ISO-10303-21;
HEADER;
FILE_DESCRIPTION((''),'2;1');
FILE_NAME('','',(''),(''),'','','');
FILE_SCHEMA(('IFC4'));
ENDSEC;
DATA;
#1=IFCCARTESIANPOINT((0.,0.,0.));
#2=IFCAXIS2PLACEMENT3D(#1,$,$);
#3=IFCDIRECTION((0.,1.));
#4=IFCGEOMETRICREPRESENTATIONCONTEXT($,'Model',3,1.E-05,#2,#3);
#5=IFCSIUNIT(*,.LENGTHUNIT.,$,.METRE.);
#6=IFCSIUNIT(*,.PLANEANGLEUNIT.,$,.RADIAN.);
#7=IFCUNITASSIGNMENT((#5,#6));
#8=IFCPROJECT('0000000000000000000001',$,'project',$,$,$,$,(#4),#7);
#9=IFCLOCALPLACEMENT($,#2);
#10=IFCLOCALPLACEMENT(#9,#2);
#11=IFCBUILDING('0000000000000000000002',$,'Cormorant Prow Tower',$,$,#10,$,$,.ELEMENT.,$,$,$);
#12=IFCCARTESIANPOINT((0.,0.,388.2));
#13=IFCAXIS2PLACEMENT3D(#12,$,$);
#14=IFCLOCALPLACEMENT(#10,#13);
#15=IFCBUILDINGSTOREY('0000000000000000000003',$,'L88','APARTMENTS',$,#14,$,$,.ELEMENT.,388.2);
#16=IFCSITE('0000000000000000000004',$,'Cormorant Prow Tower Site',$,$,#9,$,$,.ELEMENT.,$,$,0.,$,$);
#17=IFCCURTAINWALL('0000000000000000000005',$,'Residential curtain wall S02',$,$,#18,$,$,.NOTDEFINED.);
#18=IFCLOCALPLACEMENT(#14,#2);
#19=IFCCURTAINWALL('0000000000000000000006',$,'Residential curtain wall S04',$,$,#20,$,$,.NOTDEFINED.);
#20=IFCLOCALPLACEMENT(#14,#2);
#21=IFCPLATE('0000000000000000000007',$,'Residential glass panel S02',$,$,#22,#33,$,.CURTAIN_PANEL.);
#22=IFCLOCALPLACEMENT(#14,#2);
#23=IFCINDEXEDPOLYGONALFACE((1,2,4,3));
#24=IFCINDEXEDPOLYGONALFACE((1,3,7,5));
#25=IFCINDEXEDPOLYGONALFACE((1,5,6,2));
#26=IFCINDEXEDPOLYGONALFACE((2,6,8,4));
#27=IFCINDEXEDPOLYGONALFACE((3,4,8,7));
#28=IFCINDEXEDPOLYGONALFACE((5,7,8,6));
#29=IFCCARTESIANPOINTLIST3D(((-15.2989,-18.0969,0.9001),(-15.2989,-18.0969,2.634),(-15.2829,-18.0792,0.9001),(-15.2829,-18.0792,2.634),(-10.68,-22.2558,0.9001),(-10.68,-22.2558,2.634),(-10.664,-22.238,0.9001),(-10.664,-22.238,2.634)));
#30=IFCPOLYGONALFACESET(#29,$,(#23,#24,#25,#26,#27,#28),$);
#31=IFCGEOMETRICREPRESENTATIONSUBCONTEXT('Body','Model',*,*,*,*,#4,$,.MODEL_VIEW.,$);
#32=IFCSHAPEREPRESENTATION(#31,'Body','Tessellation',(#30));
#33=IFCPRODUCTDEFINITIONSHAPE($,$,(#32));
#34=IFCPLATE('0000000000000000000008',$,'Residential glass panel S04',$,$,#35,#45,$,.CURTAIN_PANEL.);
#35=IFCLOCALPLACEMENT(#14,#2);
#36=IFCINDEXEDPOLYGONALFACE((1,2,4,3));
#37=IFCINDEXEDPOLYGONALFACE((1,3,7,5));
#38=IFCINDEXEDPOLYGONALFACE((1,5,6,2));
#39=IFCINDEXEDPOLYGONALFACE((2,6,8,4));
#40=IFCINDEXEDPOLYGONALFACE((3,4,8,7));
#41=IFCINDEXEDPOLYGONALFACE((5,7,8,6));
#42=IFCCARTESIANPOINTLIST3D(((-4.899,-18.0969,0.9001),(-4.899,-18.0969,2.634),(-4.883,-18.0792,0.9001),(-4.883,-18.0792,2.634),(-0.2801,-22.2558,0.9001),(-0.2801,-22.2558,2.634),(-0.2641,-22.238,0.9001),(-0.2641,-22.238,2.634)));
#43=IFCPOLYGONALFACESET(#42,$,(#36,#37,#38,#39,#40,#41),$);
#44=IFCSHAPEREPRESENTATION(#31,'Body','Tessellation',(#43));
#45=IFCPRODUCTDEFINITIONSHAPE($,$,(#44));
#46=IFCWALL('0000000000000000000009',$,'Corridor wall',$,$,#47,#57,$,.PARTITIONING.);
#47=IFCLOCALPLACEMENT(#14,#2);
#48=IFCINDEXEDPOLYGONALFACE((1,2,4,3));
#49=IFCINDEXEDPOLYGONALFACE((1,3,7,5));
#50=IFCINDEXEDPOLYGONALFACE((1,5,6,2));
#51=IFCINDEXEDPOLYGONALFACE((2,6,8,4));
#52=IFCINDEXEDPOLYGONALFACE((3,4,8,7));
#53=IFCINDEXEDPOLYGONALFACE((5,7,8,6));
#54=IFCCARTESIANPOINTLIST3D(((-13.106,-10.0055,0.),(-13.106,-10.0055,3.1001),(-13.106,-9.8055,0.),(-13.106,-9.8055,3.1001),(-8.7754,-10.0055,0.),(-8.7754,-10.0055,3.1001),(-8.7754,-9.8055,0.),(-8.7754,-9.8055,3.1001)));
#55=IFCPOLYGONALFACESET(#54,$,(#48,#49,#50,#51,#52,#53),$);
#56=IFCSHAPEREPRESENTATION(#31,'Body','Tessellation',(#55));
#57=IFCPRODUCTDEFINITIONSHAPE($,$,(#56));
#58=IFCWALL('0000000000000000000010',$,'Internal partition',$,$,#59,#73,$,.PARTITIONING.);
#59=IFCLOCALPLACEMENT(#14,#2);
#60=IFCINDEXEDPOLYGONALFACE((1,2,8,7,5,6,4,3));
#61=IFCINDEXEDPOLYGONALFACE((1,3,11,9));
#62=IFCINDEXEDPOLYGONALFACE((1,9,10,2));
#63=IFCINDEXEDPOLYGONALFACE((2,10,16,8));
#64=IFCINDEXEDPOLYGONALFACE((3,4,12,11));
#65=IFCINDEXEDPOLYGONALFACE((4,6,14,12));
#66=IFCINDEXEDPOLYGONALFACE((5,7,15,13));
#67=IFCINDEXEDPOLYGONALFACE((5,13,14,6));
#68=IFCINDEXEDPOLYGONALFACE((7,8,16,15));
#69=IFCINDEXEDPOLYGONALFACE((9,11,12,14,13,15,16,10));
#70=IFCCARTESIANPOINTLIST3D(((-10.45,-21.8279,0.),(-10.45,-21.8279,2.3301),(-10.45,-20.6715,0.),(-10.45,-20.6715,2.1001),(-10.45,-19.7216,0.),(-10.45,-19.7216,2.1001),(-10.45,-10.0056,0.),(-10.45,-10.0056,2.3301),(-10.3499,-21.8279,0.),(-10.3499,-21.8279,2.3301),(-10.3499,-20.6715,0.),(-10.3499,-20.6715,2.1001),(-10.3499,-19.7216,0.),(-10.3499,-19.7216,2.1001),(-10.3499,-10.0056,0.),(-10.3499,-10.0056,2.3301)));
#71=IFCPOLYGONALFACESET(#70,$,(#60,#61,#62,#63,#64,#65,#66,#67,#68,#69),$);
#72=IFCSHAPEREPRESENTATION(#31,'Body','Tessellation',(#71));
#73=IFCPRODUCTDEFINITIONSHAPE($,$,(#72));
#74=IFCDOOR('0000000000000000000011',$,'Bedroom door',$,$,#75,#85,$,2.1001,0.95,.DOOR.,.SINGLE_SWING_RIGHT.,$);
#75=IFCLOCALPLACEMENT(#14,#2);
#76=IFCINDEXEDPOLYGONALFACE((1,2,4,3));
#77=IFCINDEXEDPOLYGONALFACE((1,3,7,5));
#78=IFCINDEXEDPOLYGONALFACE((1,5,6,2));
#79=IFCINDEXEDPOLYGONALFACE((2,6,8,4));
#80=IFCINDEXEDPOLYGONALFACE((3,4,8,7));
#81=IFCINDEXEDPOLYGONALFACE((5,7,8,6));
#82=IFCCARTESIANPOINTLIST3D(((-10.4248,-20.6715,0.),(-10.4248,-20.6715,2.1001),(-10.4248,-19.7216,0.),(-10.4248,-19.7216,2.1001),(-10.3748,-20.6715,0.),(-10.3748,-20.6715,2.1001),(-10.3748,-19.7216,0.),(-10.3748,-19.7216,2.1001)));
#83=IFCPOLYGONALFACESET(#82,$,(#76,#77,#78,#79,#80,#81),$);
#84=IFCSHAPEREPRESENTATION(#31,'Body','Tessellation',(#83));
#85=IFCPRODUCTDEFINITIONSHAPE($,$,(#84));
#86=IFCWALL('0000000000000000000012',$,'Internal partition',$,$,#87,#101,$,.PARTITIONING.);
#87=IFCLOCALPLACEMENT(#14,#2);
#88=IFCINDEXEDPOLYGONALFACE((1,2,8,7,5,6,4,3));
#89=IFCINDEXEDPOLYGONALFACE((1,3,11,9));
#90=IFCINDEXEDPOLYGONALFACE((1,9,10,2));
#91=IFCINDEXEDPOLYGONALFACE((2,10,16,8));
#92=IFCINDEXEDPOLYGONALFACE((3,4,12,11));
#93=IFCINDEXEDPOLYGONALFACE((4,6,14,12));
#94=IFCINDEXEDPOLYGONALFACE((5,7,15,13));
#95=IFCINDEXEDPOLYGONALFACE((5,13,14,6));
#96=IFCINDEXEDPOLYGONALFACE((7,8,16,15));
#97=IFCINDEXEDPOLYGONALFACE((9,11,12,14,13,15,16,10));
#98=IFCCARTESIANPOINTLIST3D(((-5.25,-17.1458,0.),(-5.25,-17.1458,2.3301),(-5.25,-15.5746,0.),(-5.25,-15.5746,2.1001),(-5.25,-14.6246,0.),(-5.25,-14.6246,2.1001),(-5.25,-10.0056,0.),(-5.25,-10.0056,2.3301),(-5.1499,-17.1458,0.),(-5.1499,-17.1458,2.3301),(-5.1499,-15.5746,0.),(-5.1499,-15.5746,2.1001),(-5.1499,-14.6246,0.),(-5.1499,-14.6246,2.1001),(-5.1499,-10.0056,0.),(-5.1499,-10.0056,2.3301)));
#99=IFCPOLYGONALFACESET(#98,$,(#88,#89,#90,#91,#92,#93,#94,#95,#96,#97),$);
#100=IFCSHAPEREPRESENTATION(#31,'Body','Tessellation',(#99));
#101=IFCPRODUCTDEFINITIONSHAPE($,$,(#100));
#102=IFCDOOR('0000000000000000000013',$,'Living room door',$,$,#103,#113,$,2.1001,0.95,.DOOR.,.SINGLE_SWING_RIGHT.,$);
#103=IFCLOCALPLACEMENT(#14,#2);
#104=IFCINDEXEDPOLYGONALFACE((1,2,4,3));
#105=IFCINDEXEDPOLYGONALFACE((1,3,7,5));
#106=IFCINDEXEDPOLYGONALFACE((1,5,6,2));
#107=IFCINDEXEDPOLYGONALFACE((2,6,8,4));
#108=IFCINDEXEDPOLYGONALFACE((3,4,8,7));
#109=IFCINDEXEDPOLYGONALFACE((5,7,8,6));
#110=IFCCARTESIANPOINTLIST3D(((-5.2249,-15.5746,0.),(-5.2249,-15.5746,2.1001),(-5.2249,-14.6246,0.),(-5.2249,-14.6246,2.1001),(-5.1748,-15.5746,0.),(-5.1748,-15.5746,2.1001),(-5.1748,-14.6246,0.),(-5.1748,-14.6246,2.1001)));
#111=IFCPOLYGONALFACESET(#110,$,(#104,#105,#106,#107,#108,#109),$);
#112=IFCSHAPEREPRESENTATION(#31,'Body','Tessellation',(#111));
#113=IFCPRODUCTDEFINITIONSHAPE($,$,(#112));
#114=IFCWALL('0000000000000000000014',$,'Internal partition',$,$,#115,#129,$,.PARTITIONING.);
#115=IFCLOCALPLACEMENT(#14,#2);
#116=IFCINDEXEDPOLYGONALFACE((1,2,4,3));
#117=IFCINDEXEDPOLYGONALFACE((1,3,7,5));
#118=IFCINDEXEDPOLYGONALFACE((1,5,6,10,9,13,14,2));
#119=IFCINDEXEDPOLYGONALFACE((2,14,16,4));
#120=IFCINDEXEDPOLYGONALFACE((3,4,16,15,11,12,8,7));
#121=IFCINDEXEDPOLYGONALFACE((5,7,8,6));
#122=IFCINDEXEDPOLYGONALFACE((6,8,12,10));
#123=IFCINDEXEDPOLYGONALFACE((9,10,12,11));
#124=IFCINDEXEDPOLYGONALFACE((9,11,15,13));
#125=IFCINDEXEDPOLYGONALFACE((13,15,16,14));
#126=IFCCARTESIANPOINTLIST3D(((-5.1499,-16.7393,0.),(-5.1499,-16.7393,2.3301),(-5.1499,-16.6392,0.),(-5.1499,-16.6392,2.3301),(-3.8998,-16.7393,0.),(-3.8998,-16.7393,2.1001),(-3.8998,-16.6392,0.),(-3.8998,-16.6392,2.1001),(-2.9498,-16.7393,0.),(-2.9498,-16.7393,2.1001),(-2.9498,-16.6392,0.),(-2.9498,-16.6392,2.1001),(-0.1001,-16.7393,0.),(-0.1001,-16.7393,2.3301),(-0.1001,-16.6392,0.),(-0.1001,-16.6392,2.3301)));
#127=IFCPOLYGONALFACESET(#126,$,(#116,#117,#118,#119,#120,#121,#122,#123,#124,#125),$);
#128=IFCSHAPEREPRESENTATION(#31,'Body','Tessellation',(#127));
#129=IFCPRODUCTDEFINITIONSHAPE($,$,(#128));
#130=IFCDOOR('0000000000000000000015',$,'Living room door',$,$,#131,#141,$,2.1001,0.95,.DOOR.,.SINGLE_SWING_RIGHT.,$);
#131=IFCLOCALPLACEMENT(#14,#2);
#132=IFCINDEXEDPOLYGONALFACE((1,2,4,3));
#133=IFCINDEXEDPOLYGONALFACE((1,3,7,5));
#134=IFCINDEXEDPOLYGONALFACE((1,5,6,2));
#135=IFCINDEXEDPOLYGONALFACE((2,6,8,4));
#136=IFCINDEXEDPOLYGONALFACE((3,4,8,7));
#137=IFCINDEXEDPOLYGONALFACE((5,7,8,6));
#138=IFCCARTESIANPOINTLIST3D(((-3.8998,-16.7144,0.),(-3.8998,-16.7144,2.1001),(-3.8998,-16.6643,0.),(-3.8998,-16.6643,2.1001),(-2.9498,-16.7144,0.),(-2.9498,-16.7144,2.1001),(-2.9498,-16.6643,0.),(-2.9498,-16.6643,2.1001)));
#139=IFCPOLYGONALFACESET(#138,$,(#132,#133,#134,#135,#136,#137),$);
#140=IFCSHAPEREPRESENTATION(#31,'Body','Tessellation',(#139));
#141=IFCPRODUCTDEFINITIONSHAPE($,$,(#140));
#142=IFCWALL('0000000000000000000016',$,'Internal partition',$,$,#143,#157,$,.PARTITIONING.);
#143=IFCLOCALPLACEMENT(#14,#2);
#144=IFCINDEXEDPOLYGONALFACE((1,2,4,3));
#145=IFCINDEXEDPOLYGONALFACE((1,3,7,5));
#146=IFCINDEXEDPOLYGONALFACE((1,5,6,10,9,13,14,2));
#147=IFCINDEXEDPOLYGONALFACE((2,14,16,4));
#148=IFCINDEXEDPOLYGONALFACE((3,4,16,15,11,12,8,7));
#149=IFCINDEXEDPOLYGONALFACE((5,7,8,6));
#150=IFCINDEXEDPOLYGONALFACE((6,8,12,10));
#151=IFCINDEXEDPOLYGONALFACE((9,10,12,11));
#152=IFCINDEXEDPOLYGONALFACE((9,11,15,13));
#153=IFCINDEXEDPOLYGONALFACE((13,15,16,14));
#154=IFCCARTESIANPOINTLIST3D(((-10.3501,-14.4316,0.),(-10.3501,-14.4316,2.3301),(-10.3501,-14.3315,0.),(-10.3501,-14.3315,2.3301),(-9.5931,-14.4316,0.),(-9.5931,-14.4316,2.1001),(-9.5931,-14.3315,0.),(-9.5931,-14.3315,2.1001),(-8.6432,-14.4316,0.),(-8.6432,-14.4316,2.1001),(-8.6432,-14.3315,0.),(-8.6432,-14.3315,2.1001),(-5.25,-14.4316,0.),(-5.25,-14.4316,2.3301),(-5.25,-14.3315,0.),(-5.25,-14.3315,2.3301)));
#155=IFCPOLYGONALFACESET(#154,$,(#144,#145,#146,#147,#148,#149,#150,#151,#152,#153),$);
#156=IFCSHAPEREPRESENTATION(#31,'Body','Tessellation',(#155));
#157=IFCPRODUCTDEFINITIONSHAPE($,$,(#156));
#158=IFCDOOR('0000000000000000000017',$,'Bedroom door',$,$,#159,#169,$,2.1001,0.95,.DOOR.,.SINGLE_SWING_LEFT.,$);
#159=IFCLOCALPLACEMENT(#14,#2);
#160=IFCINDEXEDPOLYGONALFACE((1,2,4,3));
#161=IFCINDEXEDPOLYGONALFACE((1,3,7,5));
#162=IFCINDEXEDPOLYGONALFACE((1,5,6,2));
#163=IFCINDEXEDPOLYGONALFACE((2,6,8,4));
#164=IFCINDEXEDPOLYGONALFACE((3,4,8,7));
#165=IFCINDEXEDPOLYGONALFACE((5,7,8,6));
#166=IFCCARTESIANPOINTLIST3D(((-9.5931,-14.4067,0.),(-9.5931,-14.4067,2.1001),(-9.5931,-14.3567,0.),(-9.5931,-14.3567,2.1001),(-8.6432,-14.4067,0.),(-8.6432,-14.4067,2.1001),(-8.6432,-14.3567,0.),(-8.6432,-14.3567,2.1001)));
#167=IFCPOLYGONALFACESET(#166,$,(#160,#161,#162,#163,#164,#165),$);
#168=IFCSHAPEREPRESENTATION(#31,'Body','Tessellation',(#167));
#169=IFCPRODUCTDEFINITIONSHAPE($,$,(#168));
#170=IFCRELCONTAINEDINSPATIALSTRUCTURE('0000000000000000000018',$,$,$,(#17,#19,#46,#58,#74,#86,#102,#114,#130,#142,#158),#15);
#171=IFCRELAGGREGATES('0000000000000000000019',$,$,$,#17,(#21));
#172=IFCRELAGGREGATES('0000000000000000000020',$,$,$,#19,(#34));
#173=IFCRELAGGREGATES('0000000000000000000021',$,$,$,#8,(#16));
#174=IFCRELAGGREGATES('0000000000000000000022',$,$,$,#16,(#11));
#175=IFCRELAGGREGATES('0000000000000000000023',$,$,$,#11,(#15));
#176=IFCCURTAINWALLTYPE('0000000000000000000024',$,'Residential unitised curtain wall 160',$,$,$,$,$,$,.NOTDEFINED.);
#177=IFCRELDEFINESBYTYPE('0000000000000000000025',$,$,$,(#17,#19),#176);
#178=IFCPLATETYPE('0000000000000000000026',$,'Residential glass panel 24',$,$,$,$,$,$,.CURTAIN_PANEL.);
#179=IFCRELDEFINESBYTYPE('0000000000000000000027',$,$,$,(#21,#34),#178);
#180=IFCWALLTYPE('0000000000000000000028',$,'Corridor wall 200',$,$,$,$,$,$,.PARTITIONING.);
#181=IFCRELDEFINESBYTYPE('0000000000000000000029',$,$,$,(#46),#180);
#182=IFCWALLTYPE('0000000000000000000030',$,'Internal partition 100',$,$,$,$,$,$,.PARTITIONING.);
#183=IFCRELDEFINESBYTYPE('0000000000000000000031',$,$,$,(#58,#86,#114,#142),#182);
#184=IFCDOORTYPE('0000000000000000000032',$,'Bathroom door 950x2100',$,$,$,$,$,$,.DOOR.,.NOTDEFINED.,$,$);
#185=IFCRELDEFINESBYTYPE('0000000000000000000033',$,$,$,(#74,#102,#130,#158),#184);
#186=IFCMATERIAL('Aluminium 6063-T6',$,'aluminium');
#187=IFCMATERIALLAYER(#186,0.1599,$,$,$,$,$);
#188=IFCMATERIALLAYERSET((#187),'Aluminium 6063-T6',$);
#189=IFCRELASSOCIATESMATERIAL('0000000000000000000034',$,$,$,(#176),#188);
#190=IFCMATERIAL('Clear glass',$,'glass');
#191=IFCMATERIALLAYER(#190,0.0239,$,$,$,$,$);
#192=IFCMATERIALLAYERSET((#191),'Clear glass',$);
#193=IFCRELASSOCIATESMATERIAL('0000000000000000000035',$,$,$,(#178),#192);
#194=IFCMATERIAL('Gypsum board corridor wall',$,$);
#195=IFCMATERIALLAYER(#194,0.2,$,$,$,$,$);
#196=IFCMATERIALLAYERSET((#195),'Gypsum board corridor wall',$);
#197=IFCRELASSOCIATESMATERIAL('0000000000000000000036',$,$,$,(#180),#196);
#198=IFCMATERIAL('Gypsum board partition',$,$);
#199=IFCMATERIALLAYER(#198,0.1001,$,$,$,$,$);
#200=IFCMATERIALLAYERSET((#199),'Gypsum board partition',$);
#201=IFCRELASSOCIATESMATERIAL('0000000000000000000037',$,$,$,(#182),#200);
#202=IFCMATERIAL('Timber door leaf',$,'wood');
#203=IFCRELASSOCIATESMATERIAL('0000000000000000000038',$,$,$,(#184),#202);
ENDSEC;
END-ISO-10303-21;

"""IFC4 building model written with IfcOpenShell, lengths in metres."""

from ifc_helpers import new_model, si_unit, direction, frame, frame_2d, origin, origin_2d, place, context, subcontext, project, spatial, rectangle, extrude, material, layer, layer_set, type_object, element, fill, aggregate, save


model = new_model("IFC4")

# Units and contexts
model_context = context("Model", 3, precision=1e-05, world=origin(), true_north=direction((0.0, 1.0)))
body_context = subcontext(model_context, "Body", "Model", "MODEL_VIEW")
ifc_project = project(units=[si_unit("LENGTHUNIT", "METRE"), si_unit("PLANEANGLEUNIT", "RADIAN")], contexts=[model_context])

# Site, building, storey
site_placement = place(None, origin())
site = spatial("IfcSite", under=ifc_project, at=site_placement, Name="Cormorant Prow Tower Site", CompositionType="ELEMENT", RefElevation=0.0)
building_placement = place(site_placement, origin())
building = spatial("IfcBuilding", under=site, at=building_placement, Name="Cormorant Prow Tower", CompositionType="ELEMENT")
storey_placement = place(building_placement, frame((0.0, 0.0, 388.2)))
storey = spatial("IfcBuildingStorey", under=building, at=storey_placement, Name="L88", Description="APARTMENTS", CompositionType="ELEMENT", Elevation=388.2)

# Curtain walls
ifc_material_1 = material(Name="Aluminium 6063-T6", Category="aluminium")
ifc_layer_1 = layer(ifc_material_1, 0.1599)
ifc_layer_set_1 = layer_set([ifc_layer_1], Name="Aluminium 6063-T6")
curtain_wall_type = type_object("IfcCurtainWallType", Name="Residential unitised curtain wall 160", PredefinedType="NOTDEFINED", material=ifc_layer_set_1)
curtain_wall_1_placement = place(storey_placement, origin())
curtain_wall_1 = element("IfcCurtainWall", 1, at=curtain_wall_1_placement, inside=storey, type_object=curtain_wall_type, Name="Residential curtain wall S02", PredefinedType="NOTDEFINED")
curtain_wall_2_placement = place(storey_placement, origin())
curtain_wall_2 = element("IfcCurtainWall", 2, at=curtain_wall_2_placement, inside=storey, type_object=curtain_wall_type, Name="Residential curtain wall S04", PredefinedType="NOTDEFINED")

# Plates
ifc_material_2 = material(Name="Clear glass", Category="glass")
ifc_layer_2 = layer(ifc_material_2, 0.0239)
ifc_layer_set_2 = layer_set([ifc_layer_2], Name="Clear glass")
plate_type = type_object("IfcPlateType", Name="Residential glass panel 24", PredefinedType="CURTAIN_PANEL", material=ifc_layer_set_2)
plate_1_placement = place(storey_placement, frame((-12.9814, -20.1675, 0.9001), z_axis=(0.0, 0.0, 1.0), x_axis=(0.743145, -0.669131, 0.0)))
plate_1 = element("IfcPlate", 3, at=plate_1_placement, type_object=plate_type, Name="Residential glass panel S02", PredefinedType="CURTAIN_PANEL", context=body_context, shape_type="SweptSolid", body=[
    extrude(rectangle(XDim=6.2153, YDim=0.0239, at=origin_2d()), origin(), (0.0, 0.0, 1.0), 1.7339),
])
aggregate(curtain_wall_1, [plate_1])
plate_2_placement = place(storey_placement, frame((-2.5815, -20.1675, 0.9001), z_axis=(0.0, 0.0, 1.0), x_axis=(0.743145, -0.669131, 0.0)))
plate_2 = element("IfcPlate", 4, at=plate_2_placement, type_object=plate_type, Name="Residential glass panel S04", PredefinedType="CURTAIN_PANEL", context=body_context, shape_type="SweptSolid", body=[
    extrude(rectangle(XDim=6.2153, YDim=0.0239, at=origin_2d()), origin(), (0.0, 0.0, 1.0), 1.7339),
])
aggregate(curtain_wall_2, [plate_2])

# Wall
ifc_material_3 = material(Name="Gypsum board corridor wall")
ifc_layer_3 = layer(ifc_material_3, 0.2)
ifc_layer_set_3 = layer_set([ifc_layer_3], Name="Gypsum board corridor wall")
wall_type_1 = type_object("IfcWallType", Name="Corridor wall 200", PredefinedType="PARTITIONING", material=ifc_layer_set_3)
wall_1_placement = place(storey_placement, frame((-13.106, -9.9055, 0.0), z_axis=(0.0, 0.0, 1.0), x_axis=(1.0, 0.0, 0.0)))
element("IfcWall", 5, at=wall_1_placement, inside=storey, type_object=wall_type_1, Name="Corridor wall", PredefinedType="PARTITIONING", context=body_context, shape_type="SweptSolid", body=[
    extrude(rectangle(XDim=4.3306, YDim=0.2, at=frame_2d((2.1653, 0.0))), origin(), (0.0, 0.0, 1.0), 3.1001),
])

# Walls, openings, doors
ifc_material_4 = material(Name="Gypsum board partition")
ifc_layer_4 = layer(ifc_material_4, 0.1001)
ifc_layer_set_4 = layer_set([ifc_layer_4], Name="Gypsum board partition")
wall_type_2 = type_object("IfcWallType", Name="Internal partition 100", PredefinedType="PARTITIONING", material=ifc_layer_set_4)
wall_2_placement = place(storey_placement, frame((-10.3999, -21.8279, 0.0), z_axis=(0.0, 0.0, 1.0), x_axis=(0.0, 1.0, 0.0)))
wall_2 = element("IfcWall", 6, at=wall_2_placement, inside=storey, type_object=wall_type_2, Name="Internal partition", PredefinedType="PARTITIONING", context=body_context, shape_type="SweptSolid", body=[
    extrude(rectangle(XDim=11.8223, YDim=0.1001, at=frame_2d((5.9111, 0.0))), origin(), (0.0, 0.0, 1.0), 2.3301),
])
opening_1_placement = place(wall_2_placement, frame((1.1562, 0.0, 0.0)))
opening_1 = element("IfcOpeningElement", 7, at=opening_1_placement, cuts=wall_2, PredefinedType="OPENING", context=body_context, shape_type="SweptSolid", body=[
    extrude(rectangle(XDim=0.95, YDim=2.1001, at=frame_2d((0.4751, 1.05))), frame((0.0, 0.0601, 0.0), z_axis=(0.0, -1.0, 0.0), x_axis=(1.0, 0.0, 0.0)), (0.0, 0.0, 1.0), 0.1201),
])
ifc_material_5 = material(Name="Timber door leaf", Category="wood")
door_type_1 = type_object("IfcDoorType", Name="Bathroom door 950x2100", OperationType="NOTDEFINED", PredefinedType="DOOR", material=ifc_material_5)
door_1_placement = place(opening_1_placement, origin())
door_1 = element("IfcDoor", 8, at=door_1_placement, inside=storey, type_object=door_type_1, Name="Bedroom door", OperationType="SINGLE_SWING_RIGHT", OverallHeight=2.1001, OverallWidth=0.95, PredefinedType="DOOR", context=body_context, shape_type="SweptSolid", body=[
    extrude(rectangle(XDim=0.95, YDim=2.1001, at=frame_2d((0.4751, 1.05))), frame((0.0, 0.0249, 0.0), z_axis=(0.0, -1.0, 0.0), x_axis=(1.0, 0.0, 0.0)), (0.0, 0.0, 1.0), 0.05),
])
fill(opening_1, door_1)
wall_3_placement = place(storey_placement, frame((-5.2, -17.1458, 0.0), z_axis=(0.0, 0.0, 1.0), x_axis=(0.0, 1.0, 0.0)))
wall_3 = element("IfcWall", 9, at=wall_3_placement, inside=storey, type_object=wall_type_2, Name="Internal partition", PredefinedType="PARTITIONING", context=body_context, shape_type="SweptSolid", body=[
    extrude(rectangle(XDim=7.1401, YDim=0.1001, at=frame_2d((3.5701, 0.0))), origin(), (0.0, 0.0, 1.0), 2.3301),
])
opening_2_placement = place(wall_3_placement, frame((1.571, 0.0, 0.0)))
opening_2 = element("IfcOpeningElement", 10, at=opening_2_placement, cuts=wall_3, PredefinedType="OPENING", context=body_context, shape_type="SweptSolid", body=[
    extrude(rectangle(XDim=0.95, YDim=2.1001, at=frame_2d((0.4751, 1.05))), frame((0.0, 0.0601, 0.0), z_axis=(0.0, -1.0, 0.0), x_axis=(1.0, 0.0, 0.0)), (0.0, 0.0, 1.0), 0.1201),
])
door_2_placement = place(opening_2_placement, origin())
door_2 = element("IfcDoor", 11, at=door_2_placement, inside=storey, type_object=door_type_1, Name="Living room door", OperationType="SINGLE_SWING_RIGHT", OverallHeight=2.1001, OverallWidth=0.95, PredefinedType="DOOR", context=body_context, shape_type="SweptSolid", body=[
    extrude(rectangle(XDim=0.95, YDim=2.1001, at=frame_2d((0.4751, 1.05))), frame((0.0, 0.0249, 0.0), z_axis=(0.0, -1.0, 0.0), x_axis=(1.0, 0.0, 0.0)), (0.0, 0.0, 1.0), 0.05),
])
fill(opening_2, door_2)
wall_4_placement = place(storey_placement, frame((-5.1499, -16.6892, 0.0), z_axis=(0.0, 0.0, 1.0), x_axis=(1.0, 0.0, 0.0)))
wall_4 = element("IfcWall", 12, at=wall_4_placement, inside=storey, type_object=wall_type_2, Name="Internal partition", PredefinedType="PARTITIONING", context=body_context, shape_type="SweptSolid", body=[
    extrude(rectangle(XDim=5.0498, YDim=0.1001, at=frame_2d((2.5249, 0.0))), origin(), (0.0, 0.0, 1.0), 2.3301),
])
opening_3_placement = place(wall_4_placement, frame((1.25, 0.0, 0.0)))
opening_3 = element("IfcOpeningElement", 13, at=opening_3_placement, cuts=wall_4, PredefinedType="OPENING", context=body_context, shape_type="SweptSolid", body=[
    extrude(rectangle(XDim=0.95, YDim=2.1001, at=frame_2d((0.4751, 1.05))), frame((0.0, 0.0601, 0.0), z_axis=(0.0, -1.0, 0.0), x_axis=(1.0, 0.0, 0.0)), (0.0, 0.0, 1.0), 0.1201),
])
door_3_placement = place(opening_3_placement, origin())
door_3 = element("IfcDoor", 14, at=door_3_placement, inside=storey, type_object=door_type_1, Name="Living room door", OperationType="SINGLE_SWING_RIGHT", OverallHeight=2.1001, OverallWidth=0.95, PredefinedType="DOOR", context=body_context, shape_type="SweptSolid", body=[
    extrude(rectangle(XDim=0.95, YDim=2.1001, at=frame_2d((0.4751, 1.05))), frame((0.0, 0.0249, 0.0), z_axis=(0.0, -1.0, 0.0), x_axis=(1.0, 0.0, 0.0)), (0.0, 0.0, 1.0), 0.05),
])
fill(opening_3, door_3)
wall_5_placement = place(storey_placement, frame((-10.3501, -14.3816, 0.0), z_axis=(0.0, 0.0, 1.0), x_axis=(1.0, 0.0, 0.0)))
wall_5 = element("IfcWall", 15, at=wall_5_placement, inside=storey, type_object=wall_type_2, Name="Internal partition", PredefinedType="PARTITIONING", context=body_context, shape_type="SweptSolid", body=[
    extrude(rectangle(XDim=5.1001, YDim=0.1001, at=frame_2d((2.55, 0.0))), origin(), (0.0, 0.0, 1.0), 2.3301),
])
opening_4_placement = place(wall_5_placement, frame((0.7568, 0.0, 0.0)))
opening_4 = element("IfcOpeningElement", 16, at=opening_4_placement, cuts=wall_5, PredefinedType="OPENING", context=body_context, shape_type="SweptSolid", body=[
    extrude(rectangle(XDim=0.95, YDim=2.1001, at=frame_2d((0.4751, 1.05))), frame((0.0, 0.0601, 0.0), z_axis=(0.0, -1.0, 0.0), x_axis=(1.0, 0.0, 0.0)), (0.0, 0.0, 1.0), 0.1201),
])
door_4_placement = place(opening_4_placement, origin())
door_4 = element("IfcDoor", 17, at=door_4_placement, inside=storey, type_object=door_type_1, Name="Bedroom door", OperationType="SINGLE_SWING_LEFT", OverallHeight=2.1001, OverallWidth=0.95, PredefinedType="DOOR", context=body_context, shape_type="SweptSolid", body=[
    extrude(rectangle(XDim=0.95, YDim=2.1001, at=frame_2d((0.4751, 1.05))), frame((0.0, 0.0249, 0.0), z_axis=(0.0, -1.0, 0.0), x_axis=(1.0, 0.0, 0.0)), (0.0, 0.0, 1.0), 0.05),
])
fill(opening_4, door_4)

save(model, "model.ifc")
